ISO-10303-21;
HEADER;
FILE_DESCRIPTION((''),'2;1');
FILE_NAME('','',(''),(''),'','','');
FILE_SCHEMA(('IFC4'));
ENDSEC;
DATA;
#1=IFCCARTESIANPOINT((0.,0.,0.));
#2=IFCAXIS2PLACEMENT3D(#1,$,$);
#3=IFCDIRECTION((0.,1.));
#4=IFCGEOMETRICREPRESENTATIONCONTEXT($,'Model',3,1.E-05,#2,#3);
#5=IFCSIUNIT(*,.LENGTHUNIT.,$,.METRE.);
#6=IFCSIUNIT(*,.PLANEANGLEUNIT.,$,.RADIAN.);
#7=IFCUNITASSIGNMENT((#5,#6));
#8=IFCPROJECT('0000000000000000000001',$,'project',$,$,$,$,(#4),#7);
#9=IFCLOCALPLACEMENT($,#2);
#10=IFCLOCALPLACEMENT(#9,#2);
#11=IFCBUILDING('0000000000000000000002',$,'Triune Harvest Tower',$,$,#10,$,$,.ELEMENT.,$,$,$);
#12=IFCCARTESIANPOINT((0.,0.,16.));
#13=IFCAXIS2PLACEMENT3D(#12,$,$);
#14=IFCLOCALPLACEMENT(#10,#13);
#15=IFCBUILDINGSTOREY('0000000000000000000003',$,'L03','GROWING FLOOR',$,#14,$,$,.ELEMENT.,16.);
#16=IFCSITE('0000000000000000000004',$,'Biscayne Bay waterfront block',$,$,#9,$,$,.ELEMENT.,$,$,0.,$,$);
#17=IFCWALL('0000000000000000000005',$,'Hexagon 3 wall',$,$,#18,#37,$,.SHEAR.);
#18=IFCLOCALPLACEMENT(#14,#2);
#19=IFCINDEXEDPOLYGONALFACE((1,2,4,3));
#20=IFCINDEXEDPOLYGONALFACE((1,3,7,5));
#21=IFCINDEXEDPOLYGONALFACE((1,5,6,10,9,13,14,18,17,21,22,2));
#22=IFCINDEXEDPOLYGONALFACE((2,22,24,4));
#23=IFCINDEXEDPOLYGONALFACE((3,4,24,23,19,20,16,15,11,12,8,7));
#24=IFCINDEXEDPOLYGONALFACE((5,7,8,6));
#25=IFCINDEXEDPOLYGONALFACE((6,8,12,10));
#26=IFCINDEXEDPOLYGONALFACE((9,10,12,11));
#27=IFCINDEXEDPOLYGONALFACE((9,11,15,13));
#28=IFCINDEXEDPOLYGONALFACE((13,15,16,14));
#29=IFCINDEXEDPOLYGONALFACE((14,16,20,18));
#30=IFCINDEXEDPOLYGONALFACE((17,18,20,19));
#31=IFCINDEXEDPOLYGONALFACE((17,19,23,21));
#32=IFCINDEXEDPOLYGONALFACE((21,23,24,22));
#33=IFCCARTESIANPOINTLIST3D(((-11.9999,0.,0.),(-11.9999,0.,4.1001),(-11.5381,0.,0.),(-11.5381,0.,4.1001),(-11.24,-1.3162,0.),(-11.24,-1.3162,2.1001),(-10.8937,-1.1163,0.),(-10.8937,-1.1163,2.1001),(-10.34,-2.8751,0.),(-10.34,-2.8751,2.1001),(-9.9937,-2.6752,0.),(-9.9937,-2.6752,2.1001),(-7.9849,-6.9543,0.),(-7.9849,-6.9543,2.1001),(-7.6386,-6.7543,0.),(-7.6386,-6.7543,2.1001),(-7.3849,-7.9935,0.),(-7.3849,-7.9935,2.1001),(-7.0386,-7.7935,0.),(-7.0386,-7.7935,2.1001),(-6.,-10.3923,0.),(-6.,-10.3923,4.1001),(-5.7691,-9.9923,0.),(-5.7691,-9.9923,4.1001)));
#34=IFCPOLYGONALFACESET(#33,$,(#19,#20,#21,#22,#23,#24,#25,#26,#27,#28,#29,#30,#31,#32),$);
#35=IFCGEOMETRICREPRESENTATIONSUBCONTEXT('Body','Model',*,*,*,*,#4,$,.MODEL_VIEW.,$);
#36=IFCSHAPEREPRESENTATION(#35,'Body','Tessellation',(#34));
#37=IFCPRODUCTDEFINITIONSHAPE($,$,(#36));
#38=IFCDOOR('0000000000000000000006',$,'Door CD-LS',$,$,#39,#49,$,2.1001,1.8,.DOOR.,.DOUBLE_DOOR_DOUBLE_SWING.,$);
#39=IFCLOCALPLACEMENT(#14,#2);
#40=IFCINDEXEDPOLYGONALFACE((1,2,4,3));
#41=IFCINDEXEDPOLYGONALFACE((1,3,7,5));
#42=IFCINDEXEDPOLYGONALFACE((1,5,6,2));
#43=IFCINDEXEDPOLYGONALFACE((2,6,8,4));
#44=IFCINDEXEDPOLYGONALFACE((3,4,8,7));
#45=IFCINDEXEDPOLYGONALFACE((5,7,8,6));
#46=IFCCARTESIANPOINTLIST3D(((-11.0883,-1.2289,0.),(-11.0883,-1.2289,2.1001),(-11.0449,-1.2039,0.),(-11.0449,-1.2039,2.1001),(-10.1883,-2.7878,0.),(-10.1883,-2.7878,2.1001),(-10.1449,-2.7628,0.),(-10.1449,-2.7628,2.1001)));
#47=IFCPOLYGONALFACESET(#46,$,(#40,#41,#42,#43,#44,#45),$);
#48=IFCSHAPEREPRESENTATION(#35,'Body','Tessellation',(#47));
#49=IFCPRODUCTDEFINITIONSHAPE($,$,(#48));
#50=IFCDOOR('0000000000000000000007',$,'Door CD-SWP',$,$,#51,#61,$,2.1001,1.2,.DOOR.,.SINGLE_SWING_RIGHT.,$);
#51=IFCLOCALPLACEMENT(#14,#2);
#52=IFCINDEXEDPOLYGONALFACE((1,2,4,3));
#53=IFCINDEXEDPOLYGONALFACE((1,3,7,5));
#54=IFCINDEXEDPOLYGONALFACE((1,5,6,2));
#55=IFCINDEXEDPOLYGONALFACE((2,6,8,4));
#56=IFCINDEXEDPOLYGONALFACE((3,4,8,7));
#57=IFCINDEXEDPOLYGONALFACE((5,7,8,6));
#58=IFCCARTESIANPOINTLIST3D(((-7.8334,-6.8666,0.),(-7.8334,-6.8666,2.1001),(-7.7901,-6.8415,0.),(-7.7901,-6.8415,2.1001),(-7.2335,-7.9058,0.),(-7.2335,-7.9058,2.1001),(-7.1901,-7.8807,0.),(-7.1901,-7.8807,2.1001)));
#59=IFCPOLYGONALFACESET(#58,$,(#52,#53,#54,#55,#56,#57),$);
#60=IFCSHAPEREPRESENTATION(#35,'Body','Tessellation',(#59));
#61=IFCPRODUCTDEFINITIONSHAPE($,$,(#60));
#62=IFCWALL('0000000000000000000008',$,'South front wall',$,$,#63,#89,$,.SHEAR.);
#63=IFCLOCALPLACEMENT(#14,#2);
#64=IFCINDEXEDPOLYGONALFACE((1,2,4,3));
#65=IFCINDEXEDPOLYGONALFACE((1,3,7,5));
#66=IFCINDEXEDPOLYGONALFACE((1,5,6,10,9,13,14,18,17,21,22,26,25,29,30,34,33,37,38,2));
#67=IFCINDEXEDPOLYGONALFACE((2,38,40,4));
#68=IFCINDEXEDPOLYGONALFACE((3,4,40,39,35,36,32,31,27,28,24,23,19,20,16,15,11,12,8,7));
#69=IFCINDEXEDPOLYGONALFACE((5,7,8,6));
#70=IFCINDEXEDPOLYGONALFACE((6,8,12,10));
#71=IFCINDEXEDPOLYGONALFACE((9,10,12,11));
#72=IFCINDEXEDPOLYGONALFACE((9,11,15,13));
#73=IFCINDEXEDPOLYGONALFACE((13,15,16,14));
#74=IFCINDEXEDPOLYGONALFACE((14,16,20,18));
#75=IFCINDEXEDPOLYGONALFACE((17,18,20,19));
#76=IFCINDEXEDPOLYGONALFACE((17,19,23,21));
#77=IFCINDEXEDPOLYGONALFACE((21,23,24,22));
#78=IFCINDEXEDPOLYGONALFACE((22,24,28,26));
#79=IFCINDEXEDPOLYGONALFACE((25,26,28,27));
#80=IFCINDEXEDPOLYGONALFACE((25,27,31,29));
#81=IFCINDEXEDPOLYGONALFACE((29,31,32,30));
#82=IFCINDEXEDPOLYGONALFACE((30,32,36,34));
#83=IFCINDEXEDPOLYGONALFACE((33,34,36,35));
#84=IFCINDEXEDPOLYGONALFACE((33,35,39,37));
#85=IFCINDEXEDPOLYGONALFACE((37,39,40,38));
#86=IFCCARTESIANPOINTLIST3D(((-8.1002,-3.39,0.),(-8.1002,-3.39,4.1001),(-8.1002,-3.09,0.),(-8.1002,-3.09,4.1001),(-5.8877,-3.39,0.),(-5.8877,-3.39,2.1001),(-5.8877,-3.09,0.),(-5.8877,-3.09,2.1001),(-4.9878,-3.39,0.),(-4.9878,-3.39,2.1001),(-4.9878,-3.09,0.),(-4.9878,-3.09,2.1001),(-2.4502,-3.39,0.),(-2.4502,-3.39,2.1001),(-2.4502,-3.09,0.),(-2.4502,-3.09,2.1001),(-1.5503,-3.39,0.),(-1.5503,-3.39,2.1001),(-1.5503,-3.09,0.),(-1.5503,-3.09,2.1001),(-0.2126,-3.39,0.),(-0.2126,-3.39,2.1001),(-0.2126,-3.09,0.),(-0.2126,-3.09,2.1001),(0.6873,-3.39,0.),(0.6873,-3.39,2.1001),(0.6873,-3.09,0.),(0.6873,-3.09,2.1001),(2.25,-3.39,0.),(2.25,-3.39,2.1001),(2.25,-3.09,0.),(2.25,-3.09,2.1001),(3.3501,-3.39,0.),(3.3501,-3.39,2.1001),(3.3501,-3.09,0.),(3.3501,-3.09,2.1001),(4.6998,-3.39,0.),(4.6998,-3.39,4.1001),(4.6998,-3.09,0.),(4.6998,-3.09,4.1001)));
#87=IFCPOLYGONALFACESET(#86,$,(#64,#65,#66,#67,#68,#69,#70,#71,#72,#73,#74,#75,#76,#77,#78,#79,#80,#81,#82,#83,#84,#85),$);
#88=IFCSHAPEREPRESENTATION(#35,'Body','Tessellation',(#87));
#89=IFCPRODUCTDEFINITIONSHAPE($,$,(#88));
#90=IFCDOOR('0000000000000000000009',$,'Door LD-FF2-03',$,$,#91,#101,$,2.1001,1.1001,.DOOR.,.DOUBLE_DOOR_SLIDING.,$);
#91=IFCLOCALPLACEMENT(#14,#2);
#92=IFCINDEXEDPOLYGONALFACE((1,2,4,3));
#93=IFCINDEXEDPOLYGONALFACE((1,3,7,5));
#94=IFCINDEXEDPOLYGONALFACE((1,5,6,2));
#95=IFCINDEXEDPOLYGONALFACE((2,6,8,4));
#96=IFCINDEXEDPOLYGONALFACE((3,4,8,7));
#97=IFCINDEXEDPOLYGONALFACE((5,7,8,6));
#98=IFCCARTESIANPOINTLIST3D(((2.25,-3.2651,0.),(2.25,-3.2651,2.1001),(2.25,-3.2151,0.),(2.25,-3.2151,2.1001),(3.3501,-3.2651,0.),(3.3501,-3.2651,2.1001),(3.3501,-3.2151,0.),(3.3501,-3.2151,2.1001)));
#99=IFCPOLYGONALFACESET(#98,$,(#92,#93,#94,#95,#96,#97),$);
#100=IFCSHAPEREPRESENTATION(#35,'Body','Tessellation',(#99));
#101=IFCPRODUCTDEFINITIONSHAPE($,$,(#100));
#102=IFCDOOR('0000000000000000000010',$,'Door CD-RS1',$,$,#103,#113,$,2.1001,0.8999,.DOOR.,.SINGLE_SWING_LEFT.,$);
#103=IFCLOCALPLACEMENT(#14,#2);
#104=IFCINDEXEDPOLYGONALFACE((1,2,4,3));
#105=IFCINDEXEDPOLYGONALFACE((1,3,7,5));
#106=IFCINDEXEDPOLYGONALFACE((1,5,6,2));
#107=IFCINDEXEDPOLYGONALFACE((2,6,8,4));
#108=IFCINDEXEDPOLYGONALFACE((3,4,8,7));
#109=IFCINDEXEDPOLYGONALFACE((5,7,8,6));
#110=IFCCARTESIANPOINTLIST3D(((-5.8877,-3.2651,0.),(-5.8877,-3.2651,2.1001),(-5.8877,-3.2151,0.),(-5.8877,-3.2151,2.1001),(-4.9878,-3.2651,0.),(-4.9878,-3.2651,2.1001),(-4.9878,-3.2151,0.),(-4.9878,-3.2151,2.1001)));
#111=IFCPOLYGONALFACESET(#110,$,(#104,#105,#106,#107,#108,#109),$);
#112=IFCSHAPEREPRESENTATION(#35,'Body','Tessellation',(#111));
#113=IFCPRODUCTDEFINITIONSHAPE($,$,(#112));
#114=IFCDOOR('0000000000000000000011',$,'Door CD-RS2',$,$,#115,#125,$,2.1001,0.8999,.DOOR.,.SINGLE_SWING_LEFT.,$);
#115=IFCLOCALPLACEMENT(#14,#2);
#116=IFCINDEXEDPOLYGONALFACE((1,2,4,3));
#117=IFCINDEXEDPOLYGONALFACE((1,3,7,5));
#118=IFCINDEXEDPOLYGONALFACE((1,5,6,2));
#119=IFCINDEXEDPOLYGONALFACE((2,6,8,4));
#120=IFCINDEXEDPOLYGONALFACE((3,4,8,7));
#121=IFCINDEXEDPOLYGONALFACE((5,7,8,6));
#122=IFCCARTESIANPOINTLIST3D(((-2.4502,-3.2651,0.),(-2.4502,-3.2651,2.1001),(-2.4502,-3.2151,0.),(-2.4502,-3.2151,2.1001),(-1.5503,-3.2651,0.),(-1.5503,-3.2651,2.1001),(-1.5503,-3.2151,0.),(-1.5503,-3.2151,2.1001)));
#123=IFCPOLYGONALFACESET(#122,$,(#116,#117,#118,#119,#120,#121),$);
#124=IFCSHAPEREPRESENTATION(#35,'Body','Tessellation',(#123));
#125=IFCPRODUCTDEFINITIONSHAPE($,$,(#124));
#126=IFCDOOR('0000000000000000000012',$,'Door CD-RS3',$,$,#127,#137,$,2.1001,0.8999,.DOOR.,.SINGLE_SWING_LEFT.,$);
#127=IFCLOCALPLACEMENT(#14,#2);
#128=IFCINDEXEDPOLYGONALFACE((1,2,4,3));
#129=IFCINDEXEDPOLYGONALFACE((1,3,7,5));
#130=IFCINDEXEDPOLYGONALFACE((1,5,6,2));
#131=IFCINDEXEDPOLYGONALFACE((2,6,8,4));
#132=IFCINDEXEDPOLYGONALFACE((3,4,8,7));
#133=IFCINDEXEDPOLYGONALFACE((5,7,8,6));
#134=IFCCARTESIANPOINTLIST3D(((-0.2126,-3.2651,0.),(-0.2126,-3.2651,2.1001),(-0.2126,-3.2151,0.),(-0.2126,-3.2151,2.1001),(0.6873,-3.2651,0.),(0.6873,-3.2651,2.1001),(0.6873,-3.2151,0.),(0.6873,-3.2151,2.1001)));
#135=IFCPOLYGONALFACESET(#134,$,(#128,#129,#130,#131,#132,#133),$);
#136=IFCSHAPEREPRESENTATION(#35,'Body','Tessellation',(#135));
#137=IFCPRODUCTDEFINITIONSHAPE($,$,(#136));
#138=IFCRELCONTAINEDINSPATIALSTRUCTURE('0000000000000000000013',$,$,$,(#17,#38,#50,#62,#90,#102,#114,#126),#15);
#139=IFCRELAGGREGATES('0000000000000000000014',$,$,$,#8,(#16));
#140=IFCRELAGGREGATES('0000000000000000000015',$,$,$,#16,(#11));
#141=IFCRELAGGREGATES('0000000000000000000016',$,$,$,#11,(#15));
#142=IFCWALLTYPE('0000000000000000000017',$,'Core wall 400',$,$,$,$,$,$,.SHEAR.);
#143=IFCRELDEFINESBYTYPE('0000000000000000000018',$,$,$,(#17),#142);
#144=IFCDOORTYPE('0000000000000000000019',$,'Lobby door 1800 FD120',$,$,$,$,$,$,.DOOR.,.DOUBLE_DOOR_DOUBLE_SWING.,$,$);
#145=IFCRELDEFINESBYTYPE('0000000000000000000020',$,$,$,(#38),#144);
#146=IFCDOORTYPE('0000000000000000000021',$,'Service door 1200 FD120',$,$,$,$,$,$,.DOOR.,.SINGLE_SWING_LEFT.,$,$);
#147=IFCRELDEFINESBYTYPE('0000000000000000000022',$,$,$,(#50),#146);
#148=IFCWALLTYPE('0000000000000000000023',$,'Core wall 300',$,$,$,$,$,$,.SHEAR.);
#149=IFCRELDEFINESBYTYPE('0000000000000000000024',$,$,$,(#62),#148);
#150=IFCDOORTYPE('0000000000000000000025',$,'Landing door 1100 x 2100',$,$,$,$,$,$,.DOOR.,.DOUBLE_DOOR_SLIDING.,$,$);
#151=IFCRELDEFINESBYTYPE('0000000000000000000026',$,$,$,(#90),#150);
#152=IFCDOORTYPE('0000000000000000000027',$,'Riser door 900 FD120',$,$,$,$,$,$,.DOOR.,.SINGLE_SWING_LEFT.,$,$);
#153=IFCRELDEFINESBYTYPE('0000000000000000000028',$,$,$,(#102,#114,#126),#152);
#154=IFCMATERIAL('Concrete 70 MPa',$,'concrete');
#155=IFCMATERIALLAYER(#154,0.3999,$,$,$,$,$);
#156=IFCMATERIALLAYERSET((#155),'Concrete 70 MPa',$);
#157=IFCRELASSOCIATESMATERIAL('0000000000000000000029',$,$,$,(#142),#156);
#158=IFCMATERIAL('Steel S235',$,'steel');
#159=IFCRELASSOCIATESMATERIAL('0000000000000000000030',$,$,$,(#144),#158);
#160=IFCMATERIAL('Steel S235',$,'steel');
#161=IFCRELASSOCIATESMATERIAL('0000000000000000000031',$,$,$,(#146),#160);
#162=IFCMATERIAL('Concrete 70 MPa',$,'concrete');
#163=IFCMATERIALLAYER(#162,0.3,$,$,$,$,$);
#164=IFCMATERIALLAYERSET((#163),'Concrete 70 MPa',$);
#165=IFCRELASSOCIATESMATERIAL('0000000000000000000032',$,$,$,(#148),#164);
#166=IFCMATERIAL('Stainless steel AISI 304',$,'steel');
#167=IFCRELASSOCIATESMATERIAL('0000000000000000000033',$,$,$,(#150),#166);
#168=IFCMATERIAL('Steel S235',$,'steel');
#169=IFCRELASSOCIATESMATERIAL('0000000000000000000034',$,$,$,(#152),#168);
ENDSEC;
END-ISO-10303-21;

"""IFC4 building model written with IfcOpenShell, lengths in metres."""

from ifc_helpers import new_model, si_unit, direction, frame, frame_2d, origin, place, context, subcontext, project, spatial, polyline, rectangle, outline, extrude, source, transform, mapped, material, layer, layer_set, type_object, element, fill, save


model = new_model("IFC4")

# Units and contexts
model_context = context("Model", 3, precision=1e-05, world=origin(), true_north=direction((0.0, 1.0)))
body_context = subcontext(model_context, "Body", "Model", "MODEL_VIEW")
ifc_project = project(units=[si_unit("LENGTHUNIT", "METRE"), si_unit("PLANEANGLEUNIT", "RADIAN")], contexts=[model_context])

# Site, building, storey
site_placement = place(None, origin())
site = spatial("IfcSite", under=ifc_project, at=site_placement, Name="Biscayne Bay waterfront block", CompositionType="ELEMENT", RefElevation=0.0)
building_placement = place(site_placement, origin())
building = spatial("IfcBuilding", under=site, at=building_placement, Name="Triune Harvest Tower", CompositionType="ELEMENT")
storey_placement = place(building_placement, frame((0.0, 0.0, 16.0)))
storey = spatial("IfcBuildingStorey", under=building, at=storey_placement, Name="L03", Description="GROWING FLOOR", CompositionType="ELEMENT", Elevation=16.0)

# Walls, openings, doors
ifc_material_1 = material(Name="Concrete 70 MPa", Category="concrete")
ifc_layer_1 = layer(ifc_material_1, 0.3999)
ifc_layer_set_1 = layer_set([ifc_layer_1], Name="Concrete 70 MPa")
wall_type_1 = type_object("IfcWallType", Name="Core wall 400", PredefinedType="SHEAR", material=ifc_layer_set_1)
shared_shape_1 = source(origin(), body_context, "Body", "SweptSolid", [
    extrude(outline(polyline([(-0.1155, -0.2), (11.8845, -0.2), (11.6536, 0.2), (0.1155, 0.2), (-0.1155, -0.2)])), origin(), (0.0, 0.0, 1.0), 4.1001),
])
wall_1_placement = place(storey_placement, frame((-11.769, 0.0, 0.0), z_axis=(0.0, 0.0, 1.0), x_axis=(0.499997, -0.866027, 0.0)))
wall_1 = element("IfcWall", 1, at=wall_1_placement, inside=storey, type_object=wall_type_1, Name="Hexagon 3 wall", PredefinedType="SHEAR", context=body_context, shape_type="MappedRepresentation", body=[
    mapped(shared_shape_1, transform((0.0, 0.0, 0.0), scale=1.0)),
])
opening_1_placement = place(wall_1_placement, frame((1.4045, 0.0, 0.0)))
opening_1 = element("IfcOpeningElement", 2, at=opening_1_placement, cuts=wall_1, PredefinedType="OPENING", context=body_context, shape_type="SweptSolid", body=[
    extrude(rectangle(XDim=1.8, YDim=2.1001, at=frame_2d((0.8999, 1.05))), frame((0.0, 0.21, 0.0), z_axis=(0.0, -1.0, 0.0), x_axis=(1.0, 0.0, 0.0)), (0.0, 0.0, 1.0), 0.4199),
])
opening_2_placement = place(wall_1_placement, frame((7.9146, 0.0, 0.0)))
opening_2 = element("IfcOpeningElement", 3, at=opening_2_placement, cuts=wall_1, PredefinedType="OPENING", context=body_context, shape_type="SweptSolid", body=[
    extrude(rectangle(XDim=1.2, YDim=2.1001, at=frame_2d((0.6001, 1.05))), frame((0.0, 0.21, 0.0), z_axis=(0.0, -1.0, 0.0), x_axis=(1.0, 0.0, 0.0)), (0.0, 0.0, 1.0), 0.4199),
])
ifc_material_2 = material(Name="Steel S235", Category="steel")
door_type_1 = type_object("IfcDoorType", Name="Lobby door 1800 FD120", OperationType="DOUBLE_DOOR_DOUBLE_SWING", PredefinedType="DOOR", material=ifc_material_2)
door_1_placement = place(opening_1_placement, frame((1.8, 0.0, 0.0), z_axis=(0.0, 0.0, 1.0), x_axis=(-1.0, 0.0, 0.0)))
door_1 = element("IfcDoor", 4, at=door_1_placement, inside=storey, type_object=door_type_1, Name="Door CD-LS", OperationType="DOUBLE_DOOR_DOUBLE_SWING", OverallHeight=2.1001, OverallWidth=1.8, PredefinedType="DOOR", context=body_context, shape_type="SweptSolid", body=[
    extrude(rectangle(XDim=1.8, YDim=2.1001, at=frame_2d((0.8999, 1.05))), frame((0.0, 0.0249, 0.0), z_axis=(0.0, -1.0, 0.0), x_axis=(1.0, 0.0, 0.0)), (0.0, 0.0, 1.0), 0.05),
])
fill(opening_1, door_1)
ifc_material_3 = material(Name="Steel S235", Category="steel")
door_type_2 = type_object("IfcDoorType", Name="Service door 1200 FD120", OperationType="SINGLE_SWING_LEFT", PredefinedType="DOOR", material=ifc_material_3)
door_2_placement = place(opening_2_placement, frame((1.2, 0.0, 0.0), z_axis=(0.0, 0.0, 1.0), x_axis=(-1.0, 0.0, 0.0)))
door_2 = element("IfcDoor", 5, at=door_2_placement, inside=storey, type_object=door_type_2, Name="Door CD-SWP", OperationType="SINGLE_SWING_RIGHT", OverallHeight=2.1001, OverallWidth=1.2, PredefinedType="DOOR", context=body_context, shape_type="SweptSolid", body=[
    extrude(rectangle(XDim=1.2, YDim=2.1001, at=frame_2d((0.6001, 1.05))), frame((0.0, 0.0249, 0.0), z_axis=(0.0, -1.0, 0.0), x_axis=(1.0, 0.0, 0.0)), (0.0, 0.0, 1.0), 0.05),
])
fill(opening_2, door_2)
ifc_material_4 = material(Name="Concrete 70 MPa", Category="concrete")
ifc_layer_2 = layer(ifc_material_4, 0.3)
ifc_layer_set_2 = layer_set([ifc_layer_2], Name="Concrete 70 MPa")
wall_type_2 = type_object("IfcWallType", Name="Core wall 300", PredefinedType="SHEAR", material=ifc_layer_set_2)
shared_shape_2 = source(origin(), body_context, "Body", "SweptSolid", [
    extrude(rectangle(XDim=12.8, YDim=0.3, at=frame_2d((6.3999, 0.0))), origin(), (0.0, 0.0, 1.0), 4.1001),
])
wall_2_placement = place(storey_placement, frame((-8.1001, -3.24, 0.0), z_axis=(0.0, 0.0, 1.0), x_axis=(1.0, 0.0, 0.0)))
wall_2 = element("IfcWall", 6, at=wall_2_placement, inside=storey, type_object=wall_type_2, Name="South front wall", PredefinedType="SHEAR", context=body_context, shape_type="MappedRepresentation", body=[
    mapped(shared_shape_2, transform((0.0, 0.0, 0.0), scale=1.0)),
])
opening_3_placement = place(wall_2_placement, frame((2.2124, 0.0, 0.0)))
opening_3 = element("IfcOpeningElement", 7, at=opening_3_placement, cuts=wall_2, PredefinedType="OPENING", context=body_context, shape_type="SweptSolid", body=[
    extrude(rectangle(XDim=0.8999, YDim=2.1001, at=frame_2d((0.45, 1.05))), frame((0.0, 0.1602, 0.0), z_axis=(0.0, -1.0, 0.0), x_axis=(1.0, 0.0, 0.0)), (0.0, 0.0, 1.0), 0.3201),
])
opening_4_placement = place(wall_2_placement, frame((5.6499, 0.0, 0.0)))
opening_4 = element("IfcOpeningElement", 8, at=opening_4_placement, cuts=wall_2, PredefinedType="OPENING", context=body_context, shape_type="SweptSolid", body=[
    extrude(rectangle(XDim=0.8999, YDim=2.1001, at=frame_2d((0.45, 1.05))), frame((0.0, 0.1602, 0.0), z_axis=(0.0, -1.0, 0.0), x_axis=(1.0, 0.0, 0.0)), (0.0, 0.0, 1.0), 0.3201),
])
opening_5_placement = place(wall_2_placement, frame((7.8875, 0.0, 0.0)))
opening_5 = element("IfcOpeningElement", 9, at=opening_5_placement, cuts=wall_2, PredefinedType="OPENING", context=body_context, shape_type="SweptSolid", body=[
    extrude(rectangle(XDim=0.8999, YDim=2.1001, at=frame_2d((0.45, 1.05))), frame((0.0, 0.1602, 0.0), z_axis=(0.0, -1.0, 0.0), x_axis=(1.0, 0.0, 0.0)), (0.0, 0.0, 1.0), 0.3201),
])
opening_6_placement = place(wall_2_placement, frame((10.3501, 0.0, 0.0)))
opening_6 = element("IfcOpeningElement", 10, at=opening_6_placement, cuts=wall_2, PredefinedType="OPENING", context=body_context, shape_type="SweptSolid", body=[
    extrude(rectangle(XDim=1.1001, YDim=2.1001, at=frame_2d((0.55, 1.05))), frame((0.0, 0.1602, 0.0), z_axis=(0.0, -1.0, 0.0), x_axis=(1.0, 0.0, 0.0)), (0.0, 0.0, 1.0), 0.3201),
])
ifc_material_5 = material(Name="Stainless steel AISI 304", Category="steel")
door_type_3 = type_object("IfcDoorType", Name="Landing door 1100 x 2100", OperationType="DOUBLE_DOOR_SLIDING", PredefinedType="DOOR", material=ifc_material_5)
door_3_placement = place(opening_6_placement, origin())
door_3 = element("IfcDoor", 11, at=door_3_placement, inside=storey, type_object=door_type_3, Name="Door LD-FF2-03", OperationType="DOUBLE_DOOR_SLIDING", OverallHeight=2.1001, OverallWidth=1.1001, PredefinedType="DOOR", context=body_context, shape_type="SweptSolid", body=[
    extrude(rectangle(XDim=1.1001, YDim=2.1001, at=frame_2d((0.55, 1.05))), frame((0.0, 0.0249, 0.0), z_axis=(0.0, -1.0, 0.0), x_axis=(1.0, 0.0, 0.0)), (0.0, 0.0, 1.0), 0.05),
])
fill(opening_6, door_3)
ifc_material_6 = material(Name="Steel S235", Category="steel")
door_type_4 = type_object("IfcDoorType", Name="Riser door 900 FD120", OperationType="SINGLE_SWING_LEFT", PredefinedType="DOOR", material=ifc_material_6)
door_4_placement = place(opening_3_placement, origin())
door_4 = element("IfcDoor", 12, at=door_4_placement, inside=storey, type_object=door_type_4, Name="Door CD-RS1", OperationType="SINGLE_SWING_LEFT", OverallHeight=2.1001, OverallWidth=0.8999, PredefinedType="DOOR", context=body_context, shape_type="SweptSolid", body=[
    extrude(rectangle(XDim=0.8999, YDim=2.1001, at=frame_2d((0.45, 1.05))), frame((0.0, 0.0249, 0.0), z_axis=(0.0, -1.0, 0.0), x_axis=(1.0, 0.0, 0.0)), (0.0, 0.0, 1.0), 0.05),
])
fill(opening_3, door_4)
door_5_placement = place(opening_4_placement, origin())
door_5 = element("IfcDoor", 13, at=door_5_placement, inside=storey, type_object=door_type_4, Name="Door CD-RS2", OperationType="SINGLE_SWING_LEFT", OverallHeight=2.1001, OverallWidth=0.8999, PredefinedType="DOOR", context=body_context, shape_type="SweptSolid", body=[
    extrude(rectangle(XDim=0.8999, YDim=2.1001, at=frame_2d((0.45, 1.05))), frame((0.0, 0.0249, 0.0), z_axis=(0.0, -1.0, 0.0), x_axis=(1.0, 0.0, 0.0)), (0.0, 0.0, 1.0), 0.05),
])
fill(opening_4, door_5)
door_6_placement = place(opening_5_placement, origin())
door_6 = element("IfcDoor", 14, at=door_6_placement, inside=storey, type_object=door_type_4, Name="Door CD-RS3", OperationType="SINGLE_SWING_LEFT", OverallHeight=2.1001, OverallWidth=0.8999, PredefinedType="DOOR", context=body_context, shape_type="SweptSolid", body=[
    extrude(rectangle(XDim=0.8999, YDim=2.1001, at=frame_2d((0.45, 1.05))), frame((0.0, 0.0249, 0.0), z_axis=(0.0, -1.0, 0.0), x_axis=(1.0, 0.0, 0.0)), (0.0, 0.0, 1.0), 0.05),
])
fill(opening_5, door_6)

save(model, "model.ifc")
